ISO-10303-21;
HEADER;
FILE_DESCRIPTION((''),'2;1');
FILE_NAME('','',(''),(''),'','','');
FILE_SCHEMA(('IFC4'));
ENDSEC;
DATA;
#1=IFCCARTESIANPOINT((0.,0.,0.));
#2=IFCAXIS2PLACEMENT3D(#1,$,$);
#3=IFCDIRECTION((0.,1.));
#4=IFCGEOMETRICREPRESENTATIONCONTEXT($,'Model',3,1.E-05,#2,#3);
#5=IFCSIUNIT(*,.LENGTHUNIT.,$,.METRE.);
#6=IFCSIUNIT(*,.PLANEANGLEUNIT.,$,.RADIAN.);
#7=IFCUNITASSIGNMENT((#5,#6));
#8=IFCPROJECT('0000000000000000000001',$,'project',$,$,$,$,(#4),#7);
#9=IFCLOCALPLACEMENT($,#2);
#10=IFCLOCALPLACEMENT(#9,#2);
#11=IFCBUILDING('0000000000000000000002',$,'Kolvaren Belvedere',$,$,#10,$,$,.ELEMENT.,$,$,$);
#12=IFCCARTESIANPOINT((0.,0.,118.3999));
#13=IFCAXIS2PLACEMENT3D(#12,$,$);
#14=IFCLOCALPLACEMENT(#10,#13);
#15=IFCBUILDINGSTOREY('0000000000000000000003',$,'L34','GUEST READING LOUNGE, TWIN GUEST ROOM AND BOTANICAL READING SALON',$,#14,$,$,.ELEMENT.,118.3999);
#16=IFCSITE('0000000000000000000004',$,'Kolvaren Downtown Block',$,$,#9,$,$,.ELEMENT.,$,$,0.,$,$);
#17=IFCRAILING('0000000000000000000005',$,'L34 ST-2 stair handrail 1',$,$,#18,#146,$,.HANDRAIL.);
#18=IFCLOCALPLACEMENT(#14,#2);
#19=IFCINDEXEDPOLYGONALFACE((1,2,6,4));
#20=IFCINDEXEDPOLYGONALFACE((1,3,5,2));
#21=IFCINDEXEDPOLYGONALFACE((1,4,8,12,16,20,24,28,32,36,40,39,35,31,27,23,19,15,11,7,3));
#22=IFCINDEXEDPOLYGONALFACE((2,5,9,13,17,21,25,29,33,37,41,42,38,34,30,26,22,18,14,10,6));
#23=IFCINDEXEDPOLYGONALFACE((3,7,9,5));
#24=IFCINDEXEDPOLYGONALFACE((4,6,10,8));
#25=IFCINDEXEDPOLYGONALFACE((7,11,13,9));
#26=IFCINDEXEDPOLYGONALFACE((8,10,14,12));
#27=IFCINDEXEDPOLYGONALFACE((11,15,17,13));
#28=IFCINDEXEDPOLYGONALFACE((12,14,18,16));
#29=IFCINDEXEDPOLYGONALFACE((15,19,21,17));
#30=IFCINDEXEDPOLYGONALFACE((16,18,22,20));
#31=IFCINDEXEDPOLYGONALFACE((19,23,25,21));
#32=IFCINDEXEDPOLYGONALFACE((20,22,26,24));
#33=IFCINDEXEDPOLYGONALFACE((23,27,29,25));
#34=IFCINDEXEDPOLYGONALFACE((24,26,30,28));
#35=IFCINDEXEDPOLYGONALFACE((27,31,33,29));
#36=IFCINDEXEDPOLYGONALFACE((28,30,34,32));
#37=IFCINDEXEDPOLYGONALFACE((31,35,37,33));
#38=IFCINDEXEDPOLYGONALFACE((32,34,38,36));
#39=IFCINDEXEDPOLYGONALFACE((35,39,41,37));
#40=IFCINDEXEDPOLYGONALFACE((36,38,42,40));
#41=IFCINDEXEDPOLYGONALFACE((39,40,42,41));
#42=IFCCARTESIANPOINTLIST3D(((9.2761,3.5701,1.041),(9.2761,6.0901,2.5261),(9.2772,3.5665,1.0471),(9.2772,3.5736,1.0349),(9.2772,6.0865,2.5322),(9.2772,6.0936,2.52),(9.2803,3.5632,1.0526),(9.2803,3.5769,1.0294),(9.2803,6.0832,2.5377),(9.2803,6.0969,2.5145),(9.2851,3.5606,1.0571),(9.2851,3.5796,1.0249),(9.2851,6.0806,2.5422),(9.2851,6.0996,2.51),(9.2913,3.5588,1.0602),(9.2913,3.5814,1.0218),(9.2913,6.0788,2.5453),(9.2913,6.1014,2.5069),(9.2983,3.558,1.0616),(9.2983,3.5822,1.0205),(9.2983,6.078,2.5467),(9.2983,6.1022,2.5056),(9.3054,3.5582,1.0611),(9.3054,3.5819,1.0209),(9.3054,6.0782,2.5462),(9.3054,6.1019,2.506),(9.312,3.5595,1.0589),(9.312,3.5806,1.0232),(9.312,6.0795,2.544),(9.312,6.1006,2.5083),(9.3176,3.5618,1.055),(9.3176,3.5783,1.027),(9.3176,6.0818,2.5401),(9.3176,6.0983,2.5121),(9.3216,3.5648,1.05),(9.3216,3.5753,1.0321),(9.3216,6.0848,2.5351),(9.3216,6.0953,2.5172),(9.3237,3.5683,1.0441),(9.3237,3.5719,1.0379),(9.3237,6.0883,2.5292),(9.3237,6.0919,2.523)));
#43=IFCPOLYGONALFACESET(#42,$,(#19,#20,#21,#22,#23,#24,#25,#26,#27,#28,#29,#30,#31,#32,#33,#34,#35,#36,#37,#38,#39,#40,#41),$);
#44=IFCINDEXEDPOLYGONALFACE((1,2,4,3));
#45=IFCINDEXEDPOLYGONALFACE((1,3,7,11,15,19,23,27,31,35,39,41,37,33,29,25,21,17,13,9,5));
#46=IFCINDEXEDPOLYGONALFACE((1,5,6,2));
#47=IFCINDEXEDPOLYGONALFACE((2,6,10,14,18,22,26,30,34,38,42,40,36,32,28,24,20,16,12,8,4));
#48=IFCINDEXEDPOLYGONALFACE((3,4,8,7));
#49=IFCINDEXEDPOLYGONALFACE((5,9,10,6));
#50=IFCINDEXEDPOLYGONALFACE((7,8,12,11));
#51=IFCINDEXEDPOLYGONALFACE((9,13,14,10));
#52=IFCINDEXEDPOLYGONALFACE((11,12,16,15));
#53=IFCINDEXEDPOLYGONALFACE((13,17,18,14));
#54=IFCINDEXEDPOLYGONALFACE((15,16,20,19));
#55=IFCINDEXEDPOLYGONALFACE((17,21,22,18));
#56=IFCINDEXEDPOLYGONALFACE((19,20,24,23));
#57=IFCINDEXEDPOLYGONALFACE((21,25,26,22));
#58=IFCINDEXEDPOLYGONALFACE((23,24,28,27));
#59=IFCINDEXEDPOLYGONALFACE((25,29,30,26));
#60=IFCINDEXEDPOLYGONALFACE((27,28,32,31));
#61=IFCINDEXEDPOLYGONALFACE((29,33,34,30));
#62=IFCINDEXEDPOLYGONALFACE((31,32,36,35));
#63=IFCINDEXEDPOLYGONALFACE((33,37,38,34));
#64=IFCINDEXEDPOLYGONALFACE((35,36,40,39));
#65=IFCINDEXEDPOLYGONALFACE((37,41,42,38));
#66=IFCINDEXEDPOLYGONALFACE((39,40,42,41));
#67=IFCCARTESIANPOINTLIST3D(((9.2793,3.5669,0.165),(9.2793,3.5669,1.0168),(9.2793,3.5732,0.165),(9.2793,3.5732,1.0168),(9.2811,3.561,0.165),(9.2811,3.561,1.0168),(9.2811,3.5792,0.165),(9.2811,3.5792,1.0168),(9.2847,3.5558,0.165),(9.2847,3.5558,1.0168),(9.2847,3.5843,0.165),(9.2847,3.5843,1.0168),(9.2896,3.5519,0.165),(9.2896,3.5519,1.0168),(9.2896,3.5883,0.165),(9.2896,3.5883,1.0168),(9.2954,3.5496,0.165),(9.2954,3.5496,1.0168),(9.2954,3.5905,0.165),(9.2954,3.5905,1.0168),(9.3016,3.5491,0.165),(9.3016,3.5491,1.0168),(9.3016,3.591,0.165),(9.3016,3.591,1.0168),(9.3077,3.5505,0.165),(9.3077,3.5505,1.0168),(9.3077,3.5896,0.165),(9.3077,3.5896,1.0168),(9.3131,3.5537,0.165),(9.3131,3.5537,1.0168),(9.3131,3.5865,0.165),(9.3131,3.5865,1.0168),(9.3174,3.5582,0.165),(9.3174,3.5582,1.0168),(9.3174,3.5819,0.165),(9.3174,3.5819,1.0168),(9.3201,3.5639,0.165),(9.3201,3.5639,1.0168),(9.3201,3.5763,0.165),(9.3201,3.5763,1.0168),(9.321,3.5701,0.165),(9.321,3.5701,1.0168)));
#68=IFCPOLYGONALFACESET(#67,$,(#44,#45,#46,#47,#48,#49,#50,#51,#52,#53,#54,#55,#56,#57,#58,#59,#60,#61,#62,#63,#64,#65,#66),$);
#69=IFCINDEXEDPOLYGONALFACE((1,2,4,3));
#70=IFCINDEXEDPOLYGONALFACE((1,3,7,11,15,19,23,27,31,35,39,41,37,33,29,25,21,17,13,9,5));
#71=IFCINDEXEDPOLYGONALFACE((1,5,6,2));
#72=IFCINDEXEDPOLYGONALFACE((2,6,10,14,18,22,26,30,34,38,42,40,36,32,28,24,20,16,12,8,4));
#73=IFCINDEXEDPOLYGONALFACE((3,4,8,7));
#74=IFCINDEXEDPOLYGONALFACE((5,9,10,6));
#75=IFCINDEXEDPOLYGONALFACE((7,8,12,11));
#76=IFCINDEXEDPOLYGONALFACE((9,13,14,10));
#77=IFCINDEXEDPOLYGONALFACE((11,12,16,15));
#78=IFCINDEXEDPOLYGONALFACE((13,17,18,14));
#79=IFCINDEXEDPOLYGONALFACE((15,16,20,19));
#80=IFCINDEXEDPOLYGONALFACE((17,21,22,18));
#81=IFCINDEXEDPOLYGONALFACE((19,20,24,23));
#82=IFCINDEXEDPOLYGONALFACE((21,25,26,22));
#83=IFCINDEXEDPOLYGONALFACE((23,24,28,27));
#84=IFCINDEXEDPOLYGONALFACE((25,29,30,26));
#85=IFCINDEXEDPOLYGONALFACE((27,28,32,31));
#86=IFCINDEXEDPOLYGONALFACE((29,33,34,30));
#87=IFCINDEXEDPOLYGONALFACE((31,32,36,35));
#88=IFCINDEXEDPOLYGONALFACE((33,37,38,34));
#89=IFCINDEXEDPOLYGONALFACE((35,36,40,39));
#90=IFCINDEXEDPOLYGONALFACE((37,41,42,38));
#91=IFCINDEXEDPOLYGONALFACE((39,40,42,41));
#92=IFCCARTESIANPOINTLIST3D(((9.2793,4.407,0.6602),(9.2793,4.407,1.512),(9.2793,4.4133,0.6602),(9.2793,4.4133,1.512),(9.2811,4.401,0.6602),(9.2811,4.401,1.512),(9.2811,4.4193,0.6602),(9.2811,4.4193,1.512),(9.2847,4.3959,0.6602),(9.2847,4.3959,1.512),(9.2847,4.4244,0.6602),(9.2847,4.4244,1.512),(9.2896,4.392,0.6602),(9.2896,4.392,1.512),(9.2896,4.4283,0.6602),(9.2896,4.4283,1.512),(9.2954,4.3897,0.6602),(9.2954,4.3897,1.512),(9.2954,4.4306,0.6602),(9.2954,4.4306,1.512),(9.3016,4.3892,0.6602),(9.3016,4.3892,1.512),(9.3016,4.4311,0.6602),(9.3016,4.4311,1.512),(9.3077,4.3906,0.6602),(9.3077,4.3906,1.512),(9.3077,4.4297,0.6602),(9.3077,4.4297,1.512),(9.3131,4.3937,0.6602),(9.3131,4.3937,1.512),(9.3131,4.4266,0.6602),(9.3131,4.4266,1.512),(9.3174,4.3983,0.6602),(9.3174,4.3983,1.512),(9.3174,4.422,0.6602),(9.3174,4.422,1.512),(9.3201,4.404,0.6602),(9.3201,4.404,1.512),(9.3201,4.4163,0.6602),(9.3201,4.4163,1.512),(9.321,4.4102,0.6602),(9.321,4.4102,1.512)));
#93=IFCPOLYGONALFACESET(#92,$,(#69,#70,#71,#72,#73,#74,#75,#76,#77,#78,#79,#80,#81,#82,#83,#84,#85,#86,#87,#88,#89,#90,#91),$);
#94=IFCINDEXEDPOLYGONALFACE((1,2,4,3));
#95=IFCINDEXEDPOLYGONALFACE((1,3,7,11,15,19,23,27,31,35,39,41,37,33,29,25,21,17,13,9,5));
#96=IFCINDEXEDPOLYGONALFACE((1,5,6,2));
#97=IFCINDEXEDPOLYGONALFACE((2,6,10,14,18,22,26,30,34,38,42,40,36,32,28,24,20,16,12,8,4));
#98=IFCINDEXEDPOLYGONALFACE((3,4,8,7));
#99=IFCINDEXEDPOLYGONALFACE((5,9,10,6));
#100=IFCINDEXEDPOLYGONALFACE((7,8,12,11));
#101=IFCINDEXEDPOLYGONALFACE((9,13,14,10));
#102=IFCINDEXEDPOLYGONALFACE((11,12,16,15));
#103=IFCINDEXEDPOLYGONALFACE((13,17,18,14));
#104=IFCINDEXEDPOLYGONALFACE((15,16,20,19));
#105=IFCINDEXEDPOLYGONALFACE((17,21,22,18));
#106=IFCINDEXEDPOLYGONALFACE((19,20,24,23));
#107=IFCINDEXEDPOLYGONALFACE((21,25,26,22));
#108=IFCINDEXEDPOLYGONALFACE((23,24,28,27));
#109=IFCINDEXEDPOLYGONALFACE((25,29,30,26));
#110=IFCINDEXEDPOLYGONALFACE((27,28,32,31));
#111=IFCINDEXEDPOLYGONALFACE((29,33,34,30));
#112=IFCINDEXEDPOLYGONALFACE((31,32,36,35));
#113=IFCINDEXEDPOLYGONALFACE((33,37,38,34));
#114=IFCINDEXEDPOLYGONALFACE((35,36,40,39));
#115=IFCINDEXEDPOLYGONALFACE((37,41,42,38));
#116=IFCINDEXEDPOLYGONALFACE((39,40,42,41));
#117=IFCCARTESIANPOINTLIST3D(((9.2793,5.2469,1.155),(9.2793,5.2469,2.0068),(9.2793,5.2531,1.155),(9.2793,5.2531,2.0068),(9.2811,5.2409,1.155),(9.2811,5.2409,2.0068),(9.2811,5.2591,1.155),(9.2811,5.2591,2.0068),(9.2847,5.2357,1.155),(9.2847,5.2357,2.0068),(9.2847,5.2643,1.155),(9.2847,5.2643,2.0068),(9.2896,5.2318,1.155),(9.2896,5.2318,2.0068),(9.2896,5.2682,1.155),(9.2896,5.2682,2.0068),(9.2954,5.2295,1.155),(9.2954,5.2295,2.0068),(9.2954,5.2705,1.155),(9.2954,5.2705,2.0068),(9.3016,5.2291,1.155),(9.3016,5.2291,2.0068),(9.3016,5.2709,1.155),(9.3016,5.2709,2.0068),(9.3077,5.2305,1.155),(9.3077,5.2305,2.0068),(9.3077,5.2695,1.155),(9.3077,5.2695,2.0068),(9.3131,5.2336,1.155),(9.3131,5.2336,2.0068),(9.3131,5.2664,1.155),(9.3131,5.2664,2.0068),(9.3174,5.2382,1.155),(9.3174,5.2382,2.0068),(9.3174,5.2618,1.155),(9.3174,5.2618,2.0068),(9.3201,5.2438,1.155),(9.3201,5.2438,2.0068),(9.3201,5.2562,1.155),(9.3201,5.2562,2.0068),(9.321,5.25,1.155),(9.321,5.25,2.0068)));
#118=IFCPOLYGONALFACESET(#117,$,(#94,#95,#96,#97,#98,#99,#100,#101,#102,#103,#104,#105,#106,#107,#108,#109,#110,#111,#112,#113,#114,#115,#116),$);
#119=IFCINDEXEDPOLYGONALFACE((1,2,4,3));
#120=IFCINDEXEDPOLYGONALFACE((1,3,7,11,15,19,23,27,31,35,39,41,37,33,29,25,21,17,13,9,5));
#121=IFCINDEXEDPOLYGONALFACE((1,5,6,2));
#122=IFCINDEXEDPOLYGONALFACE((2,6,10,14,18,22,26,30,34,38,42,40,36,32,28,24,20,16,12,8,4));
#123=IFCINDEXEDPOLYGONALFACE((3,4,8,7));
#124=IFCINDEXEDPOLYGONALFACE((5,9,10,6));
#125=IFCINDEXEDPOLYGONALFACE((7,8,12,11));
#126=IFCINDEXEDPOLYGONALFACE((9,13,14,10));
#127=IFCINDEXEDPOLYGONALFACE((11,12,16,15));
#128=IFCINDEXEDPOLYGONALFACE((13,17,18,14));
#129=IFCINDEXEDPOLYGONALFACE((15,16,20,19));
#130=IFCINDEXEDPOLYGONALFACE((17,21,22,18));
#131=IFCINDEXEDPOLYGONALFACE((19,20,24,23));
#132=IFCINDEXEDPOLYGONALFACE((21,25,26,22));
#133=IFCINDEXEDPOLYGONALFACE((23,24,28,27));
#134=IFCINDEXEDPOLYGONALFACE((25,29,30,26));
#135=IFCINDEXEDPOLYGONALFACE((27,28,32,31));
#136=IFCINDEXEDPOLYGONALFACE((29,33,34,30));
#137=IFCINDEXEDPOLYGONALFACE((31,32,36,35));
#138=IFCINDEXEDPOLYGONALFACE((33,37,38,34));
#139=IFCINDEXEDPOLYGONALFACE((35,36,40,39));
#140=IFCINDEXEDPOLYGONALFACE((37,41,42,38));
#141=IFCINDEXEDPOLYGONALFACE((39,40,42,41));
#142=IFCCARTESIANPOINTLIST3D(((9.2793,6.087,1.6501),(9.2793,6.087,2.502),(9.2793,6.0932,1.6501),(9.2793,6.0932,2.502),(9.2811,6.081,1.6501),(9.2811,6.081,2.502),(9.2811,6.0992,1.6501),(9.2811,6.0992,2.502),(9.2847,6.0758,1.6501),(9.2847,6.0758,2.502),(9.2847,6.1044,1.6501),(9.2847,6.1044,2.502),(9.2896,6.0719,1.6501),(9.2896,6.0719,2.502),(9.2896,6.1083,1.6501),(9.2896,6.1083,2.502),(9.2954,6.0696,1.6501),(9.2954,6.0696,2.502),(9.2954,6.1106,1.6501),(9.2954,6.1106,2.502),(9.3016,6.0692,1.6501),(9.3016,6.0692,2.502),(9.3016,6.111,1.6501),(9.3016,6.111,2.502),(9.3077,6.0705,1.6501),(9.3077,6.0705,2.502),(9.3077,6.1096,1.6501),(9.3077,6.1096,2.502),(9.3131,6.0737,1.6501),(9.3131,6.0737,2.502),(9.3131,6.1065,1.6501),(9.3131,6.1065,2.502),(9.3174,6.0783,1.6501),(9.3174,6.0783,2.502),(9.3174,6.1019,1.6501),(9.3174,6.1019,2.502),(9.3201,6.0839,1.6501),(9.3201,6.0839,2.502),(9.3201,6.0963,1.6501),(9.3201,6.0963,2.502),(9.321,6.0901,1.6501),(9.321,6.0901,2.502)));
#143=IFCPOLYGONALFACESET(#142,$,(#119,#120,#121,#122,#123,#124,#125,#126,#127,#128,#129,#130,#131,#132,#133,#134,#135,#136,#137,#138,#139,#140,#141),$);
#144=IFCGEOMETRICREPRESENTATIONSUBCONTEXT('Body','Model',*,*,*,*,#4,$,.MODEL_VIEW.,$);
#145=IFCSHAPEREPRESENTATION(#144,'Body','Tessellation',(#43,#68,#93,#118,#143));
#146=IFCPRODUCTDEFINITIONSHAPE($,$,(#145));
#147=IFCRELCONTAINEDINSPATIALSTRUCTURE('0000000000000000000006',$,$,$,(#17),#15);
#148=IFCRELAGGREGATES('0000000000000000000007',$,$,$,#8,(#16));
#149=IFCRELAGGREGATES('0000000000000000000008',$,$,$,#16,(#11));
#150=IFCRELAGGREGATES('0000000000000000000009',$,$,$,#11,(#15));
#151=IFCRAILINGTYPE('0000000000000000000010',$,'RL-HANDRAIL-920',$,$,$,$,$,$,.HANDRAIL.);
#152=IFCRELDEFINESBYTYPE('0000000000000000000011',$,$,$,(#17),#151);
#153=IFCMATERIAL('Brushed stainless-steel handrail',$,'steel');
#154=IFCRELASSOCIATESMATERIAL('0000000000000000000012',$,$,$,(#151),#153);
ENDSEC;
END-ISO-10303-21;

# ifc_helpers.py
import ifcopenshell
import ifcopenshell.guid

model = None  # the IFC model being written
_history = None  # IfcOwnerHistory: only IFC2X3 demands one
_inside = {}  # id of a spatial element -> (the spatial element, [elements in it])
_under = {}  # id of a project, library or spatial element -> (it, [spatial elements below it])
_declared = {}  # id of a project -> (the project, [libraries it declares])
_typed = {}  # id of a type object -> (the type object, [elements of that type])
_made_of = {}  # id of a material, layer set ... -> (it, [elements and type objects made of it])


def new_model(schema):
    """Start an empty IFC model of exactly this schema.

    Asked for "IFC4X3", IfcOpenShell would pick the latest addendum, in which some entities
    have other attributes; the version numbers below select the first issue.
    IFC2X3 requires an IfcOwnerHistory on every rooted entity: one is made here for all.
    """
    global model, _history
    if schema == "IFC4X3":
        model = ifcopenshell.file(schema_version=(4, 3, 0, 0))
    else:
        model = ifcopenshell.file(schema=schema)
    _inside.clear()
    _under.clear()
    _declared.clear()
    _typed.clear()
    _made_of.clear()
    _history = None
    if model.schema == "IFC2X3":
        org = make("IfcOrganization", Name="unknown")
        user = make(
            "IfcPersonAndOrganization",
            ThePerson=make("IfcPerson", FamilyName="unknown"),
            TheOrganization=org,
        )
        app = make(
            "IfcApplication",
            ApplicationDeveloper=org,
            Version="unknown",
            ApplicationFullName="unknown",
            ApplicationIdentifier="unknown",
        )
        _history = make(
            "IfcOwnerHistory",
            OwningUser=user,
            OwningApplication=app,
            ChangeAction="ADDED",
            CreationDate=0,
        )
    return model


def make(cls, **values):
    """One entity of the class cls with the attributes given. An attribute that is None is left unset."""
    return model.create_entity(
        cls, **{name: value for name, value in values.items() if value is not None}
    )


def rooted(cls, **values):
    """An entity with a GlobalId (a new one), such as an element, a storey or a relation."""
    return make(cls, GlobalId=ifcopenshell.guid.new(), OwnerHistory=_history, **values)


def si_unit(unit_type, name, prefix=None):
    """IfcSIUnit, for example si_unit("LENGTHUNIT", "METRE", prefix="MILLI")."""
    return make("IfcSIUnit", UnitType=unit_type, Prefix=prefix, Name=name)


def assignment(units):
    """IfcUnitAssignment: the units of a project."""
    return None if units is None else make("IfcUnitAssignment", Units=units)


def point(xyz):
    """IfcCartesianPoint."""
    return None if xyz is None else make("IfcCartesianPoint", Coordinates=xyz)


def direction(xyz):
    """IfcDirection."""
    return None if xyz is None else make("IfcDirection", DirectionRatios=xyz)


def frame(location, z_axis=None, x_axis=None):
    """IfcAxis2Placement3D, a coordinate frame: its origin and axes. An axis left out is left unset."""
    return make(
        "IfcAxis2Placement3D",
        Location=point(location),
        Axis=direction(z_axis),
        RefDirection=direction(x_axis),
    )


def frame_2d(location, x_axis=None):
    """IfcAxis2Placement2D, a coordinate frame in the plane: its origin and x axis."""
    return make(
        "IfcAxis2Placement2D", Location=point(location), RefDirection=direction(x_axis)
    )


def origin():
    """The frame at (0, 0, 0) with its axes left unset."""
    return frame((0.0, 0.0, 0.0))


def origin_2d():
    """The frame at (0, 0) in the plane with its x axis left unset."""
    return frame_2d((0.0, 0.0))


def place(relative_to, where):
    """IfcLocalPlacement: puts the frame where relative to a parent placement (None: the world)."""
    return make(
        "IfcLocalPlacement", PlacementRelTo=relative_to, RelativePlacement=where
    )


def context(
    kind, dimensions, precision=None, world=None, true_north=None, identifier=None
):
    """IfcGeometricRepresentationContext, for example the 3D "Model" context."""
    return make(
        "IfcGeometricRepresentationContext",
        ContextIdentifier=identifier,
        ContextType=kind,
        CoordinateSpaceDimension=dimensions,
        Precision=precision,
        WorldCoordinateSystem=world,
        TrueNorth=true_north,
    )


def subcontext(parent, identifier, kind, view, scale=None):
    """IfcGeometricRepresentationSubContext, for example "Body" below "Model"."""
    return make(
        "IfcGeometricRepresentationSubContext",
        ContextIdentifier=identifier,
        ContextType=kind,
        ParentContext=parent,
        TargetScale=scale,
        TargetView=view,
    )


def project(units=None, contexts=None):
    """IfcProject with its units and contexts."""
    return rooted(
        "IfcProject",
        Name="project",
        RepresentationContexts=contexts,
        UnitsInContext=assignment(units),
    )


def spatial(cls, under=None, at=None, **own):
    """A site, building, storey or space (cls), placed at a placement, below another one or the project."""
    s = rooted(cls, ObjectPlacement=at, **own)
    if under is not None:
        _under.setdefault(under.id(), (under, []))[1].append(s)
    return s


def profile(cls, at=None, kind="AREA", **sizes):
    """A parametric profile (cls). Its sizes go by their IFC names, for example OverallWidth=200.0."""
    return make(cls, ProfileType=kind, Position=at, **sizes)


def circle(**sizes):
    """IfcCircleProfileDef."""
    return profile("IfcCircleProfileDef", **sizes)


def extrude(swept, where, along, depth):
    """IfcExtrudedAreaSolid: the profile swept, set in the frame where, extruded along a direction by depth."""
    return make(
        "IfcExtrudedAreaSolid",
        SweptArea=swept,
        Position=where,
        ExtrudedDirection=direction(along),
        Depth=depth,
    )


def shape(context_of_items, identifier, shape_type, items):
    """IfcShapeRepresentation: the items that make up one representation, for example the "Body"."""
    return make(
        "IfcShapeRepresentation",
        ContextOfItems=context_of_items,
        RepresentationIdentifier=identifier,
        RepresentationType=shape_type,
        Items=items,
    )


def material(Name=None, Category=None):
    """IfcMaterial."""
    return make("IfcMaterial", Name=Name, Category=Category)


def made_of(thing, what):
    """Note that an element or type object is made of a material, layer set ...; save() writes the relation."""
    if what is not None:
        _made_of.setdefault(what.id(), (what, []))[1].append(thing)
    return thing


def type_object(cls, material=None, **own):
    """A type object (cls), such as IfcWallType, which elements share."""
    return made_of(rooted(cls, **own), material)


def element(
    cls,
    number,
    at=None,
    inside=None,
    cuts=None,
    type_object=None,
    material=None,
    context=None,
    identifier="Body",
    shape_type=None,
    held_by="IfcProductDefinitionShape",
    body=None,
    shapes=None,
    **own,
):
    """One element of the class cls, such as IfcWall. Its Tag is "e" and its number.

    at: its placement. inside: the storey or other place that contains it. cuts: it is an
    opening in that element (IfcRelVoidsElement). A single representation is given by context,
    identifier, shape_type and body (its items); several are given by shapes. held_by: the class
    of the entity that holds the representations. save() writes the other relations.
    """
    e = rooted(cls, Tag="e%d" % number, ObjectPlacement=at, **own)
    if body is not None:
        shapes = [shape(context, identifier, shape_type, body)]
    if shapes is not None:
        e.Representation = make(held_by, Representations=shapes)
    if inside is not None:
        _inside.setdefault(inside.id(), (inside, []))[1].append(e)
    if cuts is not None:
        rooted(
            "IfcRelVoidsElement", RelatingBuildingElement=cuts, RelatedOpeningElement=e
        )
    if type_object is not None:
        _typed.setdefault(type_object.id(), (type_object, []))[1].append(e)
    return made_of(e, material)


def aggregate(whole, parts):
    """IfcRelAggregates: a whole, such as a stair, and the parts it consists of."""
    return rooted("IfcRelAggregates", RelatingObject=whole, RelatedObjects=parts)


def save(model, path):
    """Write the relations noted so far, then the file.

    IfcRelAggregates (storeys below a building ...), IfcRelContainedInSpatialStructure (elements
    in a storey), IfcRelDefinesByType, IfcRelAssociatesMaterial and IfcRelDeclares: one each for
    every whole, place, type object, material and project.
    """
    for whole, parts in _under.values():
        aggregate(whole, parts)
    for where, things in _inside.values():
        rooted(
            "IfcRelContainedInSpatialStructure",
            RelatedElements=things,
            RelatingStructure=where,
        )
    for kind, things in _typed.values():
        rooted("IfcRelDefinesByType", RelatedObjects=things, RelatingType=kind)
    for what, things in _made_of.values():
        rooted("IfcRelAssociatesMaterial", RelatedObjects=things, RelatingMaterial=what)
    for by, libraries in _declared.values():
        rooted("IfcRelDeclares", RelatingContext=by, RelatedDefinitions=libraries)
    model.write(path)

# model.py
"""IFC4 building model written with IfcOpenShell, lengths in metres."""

from ifc_helpers import new_model, si_unit, direction, frame, origin, origin_2d, place, context, subcontext, project, spatial, circle, extrude, material, type_object, element, save


model = new_model("IFC4")

# Units and contexts
model_context = context("Model", 3, precision=1e-05, world=origin(), true_north=direction((0.0, 1.0)))
body_context = subcontext(model_context, "Body", "Model", "MODEL_VIEW")
ifc_project = project(units=[si_unit("LENGTHUNIT", "METRE"), si_unit("PLANEANGLEUNIT", "RADIAN")], contexts=[model_context])

# Site, building, storey
site_placement = place(None, origin())
site = spatial("IfcSite", under=ifc_project, at=site_placement, Name="Kolvaren Downtown Block", CompositionType="ELEMENT", RefElevation=0.0)
building_placement = place(site_placement, origin())
building = spatial("IfcBuilding", under=site, at=building_placement, Name="Kolvaren Belvedere", CompositionType="ELEMENT")
storey_placement = place(building_placement, frame((0.0, 0.0, 118.3999)))
storey = spatial("IfcBuildingStorey", under=building, at=storey_placement, Name="L34", Description="GUEST READING LOUNGE, TWIN GUEST ROOM AND BOTANICAL READING SALON", CompositionType="ELEMENT", Elevation=118.3999)

# Railing
ifc_material_1 = material(Name="Brushed stainless-steel handrail", Category="steel")
railing_type_1 = type_object("IfcRailingType", Name="RL-HANDRAIL-920", PredefinedType="HANDRAIL", material=ifc_material_1)
railing_1_placement = place(storey_placement, frame((9.3, 3.5701, 0.165)))
element("IfcRailing", 1, at=railing_1_placement, inside=storey, type_object=railing_type_1, Name="L34 ST-2 stair handrail 1", PredefinedType="HANDRAIL", context=body_context, shape_type="SweptSolid", body=[
    extrude(circle(Radius=0.0239, at=origin_2d()), frame((0.0, 0.0, 0.876), z_axis=(0.0, 0.861524, 0.507717), x_axis=(-1.0, 0.0, 0.0)), (0.0, 0.0, 1.0), 2.925),
    extrude(circle(Radius=0.021, at=origin_2d()), origin(), (0.0, 0.0, 1.0), 0.8518),
    extrude(circle(Radius=0.021, at=origin_2d()), frame((0.0, 0.8401, 0.4951)), (0.0, 0.0, 1.0), 0.8518),
    extrude(circle(Radius=0.021, at=origin_2d()), frame((0.0, 1.6799, 0.99)), (0.0, 0.0, 1.0), 0.8518),
    extrude(circle(Radius=0.021, at=origin_2d()), frame((0.0, 2.52, 1.4851)), (0.0, 0.0, 1.0), 0.8518),
])

save(model, "model.ifc")
